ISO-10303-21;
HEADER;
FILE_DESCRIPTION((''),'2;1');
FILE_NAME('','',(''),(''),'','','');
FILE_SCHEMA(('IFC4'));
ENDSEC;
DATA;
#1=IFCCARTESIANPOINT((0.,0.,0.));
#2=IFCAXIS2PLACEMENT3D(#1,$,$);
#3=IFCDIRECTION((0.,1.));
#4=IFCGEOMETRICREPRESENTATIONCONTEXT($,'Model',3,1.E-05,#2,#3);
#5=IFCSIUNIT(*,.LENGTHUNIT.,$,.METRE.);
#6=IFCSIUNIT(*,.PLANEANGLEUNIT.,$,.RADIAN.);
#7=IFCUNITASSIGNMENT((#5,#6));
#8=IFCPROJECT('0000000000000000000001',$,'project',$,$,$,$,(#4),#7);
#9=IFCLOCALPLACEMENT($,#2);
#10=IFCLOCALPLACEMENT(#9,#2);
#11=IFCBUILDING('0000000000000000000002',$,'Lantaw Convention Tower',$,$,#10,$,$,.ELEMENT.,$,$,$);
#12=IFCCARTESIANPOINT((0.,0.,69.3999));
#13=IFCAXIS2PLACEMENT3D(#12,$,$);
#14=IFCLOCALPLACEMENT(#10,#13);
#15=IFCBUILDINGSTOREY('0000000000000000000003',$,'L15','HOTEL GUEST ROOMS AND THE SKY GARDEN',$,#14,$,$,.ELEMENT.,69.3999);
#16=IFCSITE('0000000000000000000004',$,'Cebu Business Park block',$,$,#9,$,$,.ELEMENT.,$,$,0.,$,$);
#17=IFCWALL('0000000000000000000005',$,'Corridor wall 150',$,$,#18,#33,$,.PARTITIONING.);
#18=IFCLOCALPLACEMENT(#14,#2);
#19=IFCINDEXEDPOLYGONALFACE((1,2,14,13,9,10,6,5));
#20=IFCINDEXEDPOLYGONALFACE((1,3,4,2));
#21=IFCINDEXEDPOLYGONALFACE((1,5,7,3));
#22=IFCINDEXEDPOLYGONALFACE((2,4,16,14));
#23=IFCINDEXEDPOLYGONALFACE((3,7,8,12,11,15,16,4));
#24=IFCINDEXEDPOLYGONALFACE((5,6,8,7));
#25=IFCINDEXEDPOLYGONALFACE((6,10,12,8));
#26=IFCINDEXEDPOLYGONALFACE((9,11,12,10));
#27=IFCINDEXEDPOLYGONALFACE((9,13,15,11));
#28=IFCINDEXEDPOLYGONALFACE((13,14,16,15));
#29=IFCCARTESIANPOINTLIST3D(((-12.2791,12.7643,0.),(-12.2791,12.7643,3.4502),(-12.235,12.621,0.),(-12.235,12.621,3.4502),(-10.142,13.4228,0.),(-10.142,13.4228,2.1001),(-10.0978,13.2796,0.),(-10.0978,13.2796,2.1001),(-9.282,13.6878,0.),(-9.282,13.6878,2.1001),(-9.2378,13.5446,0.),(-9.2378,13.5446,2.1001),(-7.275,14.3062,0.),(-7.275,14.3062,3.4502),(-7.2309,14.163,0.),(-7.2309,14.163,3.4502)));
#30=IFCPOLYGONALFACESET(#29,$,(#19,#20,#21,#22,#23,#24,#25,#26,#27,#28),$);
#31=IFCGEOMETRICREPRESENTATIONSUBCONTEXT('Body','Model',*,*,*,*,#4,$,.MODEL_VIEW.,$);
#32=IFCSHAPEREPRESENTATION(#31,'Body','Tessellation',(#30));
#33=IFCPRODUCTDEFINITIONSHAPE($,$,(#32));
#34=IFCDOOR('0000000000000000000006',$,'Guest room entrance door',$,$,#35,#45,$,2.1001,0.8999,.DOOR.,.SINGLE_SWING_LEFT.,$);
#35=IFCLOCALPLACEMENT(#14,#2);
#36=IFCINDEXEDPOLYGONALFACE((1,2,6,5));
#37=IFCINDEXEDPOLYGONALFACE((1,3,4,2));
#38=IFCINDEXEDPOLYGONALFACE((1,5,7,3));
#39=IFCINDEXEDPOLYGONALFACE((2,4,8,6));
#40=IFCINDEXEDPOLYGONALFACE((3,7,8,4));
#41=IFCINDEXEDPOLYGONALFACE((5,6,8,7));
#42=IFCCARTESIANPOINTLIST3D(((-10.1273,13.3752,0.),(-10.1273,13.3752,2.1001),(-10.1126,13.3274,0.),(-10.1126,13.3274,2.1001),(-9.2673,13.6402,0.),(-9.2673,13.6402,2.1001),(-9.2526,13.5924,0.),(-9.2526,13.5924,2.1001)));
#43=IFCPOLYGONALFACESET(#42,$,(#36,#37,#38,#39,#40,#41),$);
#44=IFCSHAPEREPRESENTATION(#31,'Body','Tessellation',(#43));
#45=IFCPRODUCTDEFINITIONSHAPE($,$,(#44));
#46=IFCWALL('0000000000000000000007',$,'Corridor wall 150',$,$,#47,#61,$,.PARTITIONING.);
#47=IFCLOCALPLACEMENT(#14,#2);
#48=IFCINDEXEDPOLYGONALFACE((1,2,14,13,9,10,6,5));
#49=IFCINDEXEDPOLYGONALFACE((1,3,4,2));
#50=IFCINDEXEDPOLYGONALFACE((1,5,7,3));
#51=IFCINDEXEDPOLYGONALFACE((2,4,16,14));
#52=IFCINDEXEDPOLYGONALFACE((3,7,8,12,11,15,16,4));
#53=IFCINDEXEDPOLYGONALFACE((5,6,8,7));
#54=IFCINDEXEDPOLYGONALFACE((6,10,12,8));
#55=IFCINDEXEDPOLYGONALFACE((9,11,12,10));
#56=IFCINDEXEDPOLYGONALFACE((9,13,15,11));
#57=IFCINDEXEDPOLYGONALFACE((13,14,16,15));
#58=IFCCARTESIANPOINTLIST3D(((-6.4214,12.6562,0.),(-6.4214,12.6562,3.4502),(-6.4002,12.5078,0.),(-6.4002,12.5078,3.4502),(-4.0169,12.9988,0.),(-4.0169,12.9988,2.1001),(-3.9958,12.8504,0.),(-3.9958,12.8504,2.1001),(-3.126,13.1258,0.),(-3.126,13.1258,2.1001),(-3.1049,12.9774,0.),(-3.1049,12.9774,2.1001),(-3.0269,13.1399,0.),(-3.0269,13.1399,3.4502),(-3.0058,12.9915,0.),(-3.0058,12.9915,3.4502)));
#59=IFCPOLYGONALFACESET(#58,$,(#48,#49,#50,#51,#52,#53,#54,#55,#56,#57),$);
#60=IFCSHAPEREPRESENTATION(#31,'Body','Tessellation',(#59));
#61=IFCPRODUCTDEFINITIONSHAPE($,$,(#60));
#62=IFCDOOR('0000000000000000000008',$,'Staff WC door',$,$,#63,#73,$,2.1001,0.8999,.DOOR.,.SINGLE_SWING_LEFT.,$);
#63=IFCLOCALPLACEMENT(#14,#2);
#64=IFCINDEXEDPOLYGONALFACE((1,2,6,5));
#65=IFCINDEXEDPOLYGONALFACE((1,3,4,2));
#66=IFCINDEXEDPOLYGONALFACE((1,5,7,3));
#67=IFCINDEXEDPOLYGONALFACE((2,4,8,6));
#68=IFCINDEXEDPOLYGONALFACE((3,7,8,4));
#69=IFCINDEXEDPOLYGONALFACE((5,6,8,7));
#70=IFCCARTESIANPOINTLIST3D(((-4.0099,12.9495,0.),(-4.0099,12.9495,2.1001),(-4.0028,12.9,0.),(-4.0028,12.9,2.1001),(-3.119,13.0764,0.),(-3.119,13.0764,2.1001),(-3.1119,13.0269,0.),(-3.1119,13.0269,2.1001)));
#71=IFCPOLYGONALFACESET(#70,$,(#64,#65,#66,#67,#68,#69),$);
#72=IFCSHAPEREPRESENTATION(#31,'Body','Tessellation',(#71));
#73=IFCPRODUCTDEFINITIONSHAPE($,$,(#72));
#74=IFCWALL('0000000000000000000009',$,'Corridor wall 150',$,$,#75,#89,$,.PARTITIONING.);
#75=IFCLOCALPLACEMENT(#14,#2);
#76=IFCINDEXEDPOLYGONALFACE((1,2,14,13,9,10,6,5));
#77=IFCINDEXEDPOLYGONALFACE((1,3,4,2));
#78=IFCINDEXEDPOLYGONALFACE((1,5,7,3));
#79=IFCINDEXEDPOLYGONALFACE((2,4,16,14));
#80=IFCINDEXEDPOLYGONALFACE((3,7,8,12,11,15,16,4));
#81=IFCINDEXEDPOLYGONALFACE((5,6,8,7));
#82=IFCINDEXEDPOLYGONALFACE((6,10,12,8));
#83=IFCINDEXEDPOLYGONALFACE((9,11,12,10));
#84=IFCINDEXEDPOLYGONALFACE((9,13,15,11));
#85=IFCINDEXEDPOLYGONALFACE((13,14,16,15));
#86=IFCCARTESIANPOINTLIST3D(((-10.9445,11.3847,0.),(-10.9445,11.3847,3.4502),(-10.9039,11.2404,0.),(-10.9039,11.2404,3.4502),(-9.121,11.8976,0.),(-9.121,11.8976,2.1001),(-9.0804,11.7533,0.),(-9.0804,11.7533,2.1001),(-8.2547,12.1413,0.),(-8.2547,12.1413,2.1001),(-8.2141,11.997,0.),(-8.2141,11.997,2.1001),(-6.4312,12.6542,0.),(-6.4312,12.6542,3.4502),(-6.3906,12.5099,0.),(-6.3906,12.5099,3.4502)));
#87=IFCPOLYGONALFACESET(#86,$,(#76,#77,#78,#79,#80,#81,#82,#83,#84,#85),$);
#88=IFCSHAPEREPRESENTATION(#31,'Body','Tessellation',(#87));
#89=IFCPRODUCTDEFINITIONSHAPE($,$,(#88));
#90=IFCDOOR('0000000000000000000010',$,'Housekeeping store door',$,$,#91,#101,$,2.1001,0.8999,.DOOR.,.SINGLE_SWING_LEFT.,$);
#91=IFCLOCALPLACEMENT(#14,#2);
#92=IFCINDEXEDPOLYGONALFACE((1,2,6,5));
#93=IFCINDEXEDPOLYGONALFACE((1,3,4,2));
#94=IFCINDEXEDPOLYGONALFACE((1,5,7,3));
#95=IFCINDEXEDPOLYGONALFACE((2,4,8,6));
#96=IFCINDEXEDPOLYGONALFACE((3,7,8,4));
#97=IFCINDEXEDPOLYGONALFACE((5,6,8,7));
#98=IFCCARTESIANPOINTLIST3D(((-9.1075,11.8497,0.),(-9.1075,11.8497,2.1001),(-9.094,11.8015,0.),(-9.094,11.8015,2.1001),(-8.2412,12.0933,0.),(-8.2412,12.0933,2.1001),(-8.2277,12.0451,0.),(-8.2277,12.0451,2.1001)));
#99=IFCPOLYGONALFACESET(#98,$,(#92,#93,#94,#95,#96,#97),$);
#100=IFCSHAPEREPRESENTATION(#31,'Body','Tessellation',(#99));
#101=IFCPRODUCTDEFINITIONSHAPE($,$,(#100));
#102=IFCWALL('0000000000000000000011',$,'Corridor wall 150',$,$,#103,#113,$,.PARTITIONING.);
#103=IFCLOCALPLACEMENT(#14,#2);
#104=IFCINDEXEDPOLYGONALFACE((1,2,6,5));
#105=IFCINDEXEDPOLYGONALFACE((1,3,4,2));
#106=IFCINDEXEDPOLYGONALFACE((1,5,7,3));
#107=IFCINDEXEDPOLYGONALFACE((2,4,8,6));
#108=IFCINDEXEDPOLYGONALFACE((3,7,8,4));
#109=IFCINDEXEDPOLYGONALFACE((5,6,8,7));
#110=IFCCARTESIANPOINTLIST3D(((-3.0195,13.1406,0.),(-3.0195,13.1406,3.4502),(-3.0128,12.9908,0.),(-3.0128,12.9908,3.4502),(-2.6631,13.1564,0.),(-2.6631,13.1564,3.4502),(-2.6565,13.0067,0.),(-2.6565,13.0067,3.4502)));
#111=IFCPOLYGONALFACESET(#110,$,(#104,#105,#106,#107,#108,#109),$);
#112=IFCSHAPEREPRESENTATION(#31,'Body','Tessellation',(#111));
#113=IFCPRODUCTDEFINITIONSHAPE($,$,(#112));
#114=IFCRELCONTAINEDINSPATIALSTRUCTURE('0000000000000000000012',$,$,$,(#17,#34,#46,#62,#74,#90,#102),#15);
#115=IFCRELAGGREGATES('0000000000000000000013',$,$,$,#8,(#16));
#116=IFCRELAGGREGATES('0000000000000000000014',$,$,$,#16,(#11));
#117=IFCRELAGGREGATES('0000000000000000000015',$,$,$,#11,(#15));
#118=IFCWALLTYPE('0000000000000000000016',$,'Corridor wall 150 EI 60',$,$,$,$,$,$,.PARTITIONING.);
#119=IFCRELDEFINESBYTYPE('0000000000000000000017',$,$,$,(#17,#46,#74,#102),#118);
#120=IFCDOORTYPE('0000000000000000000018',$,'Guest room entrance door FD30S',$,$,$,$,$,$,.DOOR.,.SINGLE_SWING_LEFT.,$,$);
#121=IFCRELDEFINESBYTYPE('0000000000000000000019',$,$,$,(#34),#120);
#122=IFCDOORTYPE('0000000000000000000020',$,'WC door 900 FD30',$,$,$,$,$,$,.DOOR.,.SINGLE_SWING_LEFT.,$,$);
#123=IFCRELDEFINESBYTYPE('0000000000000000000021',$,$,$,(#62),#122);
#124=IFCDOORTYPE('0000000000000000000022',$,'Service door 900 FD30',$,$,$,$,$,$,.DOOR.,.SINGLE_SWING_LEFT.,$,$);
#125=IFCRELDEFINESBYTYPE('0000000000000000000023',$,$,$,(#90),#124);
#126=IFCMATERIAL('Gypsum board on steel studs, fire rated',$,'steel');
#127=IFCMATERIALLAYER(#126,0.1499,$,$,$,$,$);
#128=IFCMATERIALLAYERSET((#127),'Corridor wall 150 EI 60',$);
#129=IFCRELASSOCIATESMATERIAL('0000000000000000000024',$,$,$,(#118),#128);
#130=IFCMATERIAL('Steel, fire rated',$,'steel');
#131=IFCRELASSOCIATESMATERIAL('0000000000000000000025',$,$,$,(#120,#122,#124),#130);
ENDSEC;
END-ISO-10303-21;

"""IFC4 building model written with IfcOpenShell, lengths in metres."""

from ifc_helpers import new_model, si_unit, direction, frame, frame_2d, origin, place, context, subcontext, project, spatial, rectangle, extrude, material, layer, layer_set, type_object, element, fill, save


model = new_model("IFC4")

# Units and contexts
model_context = context("Model", 3, precision=1e-05, world=origin(), true_north=direction((0.0, 1.0)))
body_context = subcontext(model_context, "Body", "Model", "MODEL_VIEW")
ifc_project = project(units=[si_unit("LENGTHUNIT", "METRE"), si_unit("PLANEANGLEUNIT", "RADIAN")], contexts=[model_context])

# Site, building, storey
site_placement = place(None, origin())
site = spatial("IfcSite", under=ifc_project, at=site_placement, Name="Cebu Business Park block", CompositionType="ELEMENT", RefElevation=0.0)
building_placement = place(site_placement, origin())
building = spatial("IfcBuilding", under=site, at=building_placement, Name="Lantaw Convention Tower", CompositionType="ELEMENT")
storey_placement = place(building_placement, frame((0.0, 0.0, 69.3999)))
storey = spatial("IfcBuildingStorey", under=building, at=storey_placement, Name="L15", Description="HOTEL GUEST ROOMS AND THE SKY GARDEN", CompositionType="ELEMENT", Elevation=69.3999)

# Walls, openings, doors
ifc_material_1 = material(Name="Gypsum board on steel studs, fire rated", Category="steel")
ifc_layer_1 = layer(ifc_material_1, 0.1499)
ifc_layer_set_1 = layer_set([ifc_layer_1], Name="Corridor wall 150 EI 60")
wall_type_1 = type_object("IfcWallType", Name="Corridor wall 150 EI 60", PredefinedType="PARTITIONING", material=ifc_layer_set_1)
ifc_material_2 = material(Name="Steel, fire rated", Category="steel")
door_type_1 = type_object("IfcDoorType", Name="Guest room entrance door FD30S", OperationType="SINGLE_SWING_LEFT", PredefinedType="DOOR", material=ifc_material_2)
wall_1_placement = place(storey_placement, frame((-7.2529, 14.2346, 0.0), z_axis=(0.0, 0.0, 1.0), x_axis=(-0.955658, -0.294479, 0.0)))
wall_1 = element("IfcWall", 1, at=wall_1_placement, inside=storey, type_object=wall_type_1, Name="Corridor wall 150", PredefinedType="PARTITIONING", context=body_context, shape_type="SweptSolid", body=[
    extrude(rectangle(XDim=5.2363, YDim=0.1499, at=frame_2d((2.6182, 0.0))), origin(), (0.0, 0.0, 1.0), 3.4502),
])
opening_1_placement = place(wall_1_placement, frame((2.1001, 0.0, 0.0)))
opening_1 = element("IfcOpeningElement", 2, at=opening_1_placement, cuts=wall_1, PredefinedType="OPENING", context=body_context, shape_type="SweptSolid", body=[
    extrude(rectangle(XDim=0.8999, YDim=2.1001, at=frame_2d((0.45, 1.05))), frame((0.0, 0.085, 0.0), z_axis=(0.0, -1.0, 0.0), x_axis=(1.0, 0.0, 0.0)), (0.0, 0.0, 1.0), 0.1699),
])
door_1_placement = place(opening_1_placement, origin())
door_1 = element("IfcDoor", 3, at=door_1_placement, inside=storey, type_object=door_type_1, Name="Guest room entrance door", OperationType="SINGLE_SWING_LEFT", OverallHeight=2.1001, OverallWidth=0.8999, PredefinedType="DOOR", context=body_context, shape_type="SweptSolid", body=[
    extrude(rectangle(XDim=0.8999, YDim=2.1001, at=frame_2d((0.45, 1.05))), frame((0.0, 0.0249, 0.0), z_axis=(0.0, -1.0, 0.0), x_axis=(1.0, 0.0, 0.0)), (0.0, 0.0, 1.0), 0.05),
])
fill(opening_1, door_1)
wall_2_placement = place(storey_placement, frame((-3.0164, 13.0657, 0.0), z_axis=(0.0, 0.0, 1.0), x_axis=(-0.990002, -0.141053, 0.0)))
wall_2 = element("IfcWall", 4, at=wall_2_placement, inside=storey, type_object=wall_type_1, Name="Corridor wall 150", PredefinedType="PARTITIONING", context=body_context, shape_type="SweptSolid", body=[
    extrude(rectangle(XDim=3.4287, YDim=0.1499, at=frame_2d((1.7144, 0.0))), origin(), (0.0, 0.0, 1.0), 3.4502),
])
opening_2_placement = place(wall_2_placement, frame((0.1001, 0.0, 0.0)))
opening_2 = element("IfcOpeningElement", 5, at=opening_2_placement, cuts=wall_2, PredefinedType="OPENING", context=body_context, shape_type="SweptSolid", body=[
    extrude(rectangle(XDim=0.8999, YDim=2.1001, at=frame_2d((0.45, 1.05))), frame((0.0, 0.085, 0.0), z_axis=(0.0, -1.0, 0.0), x_axis=(1.0, 0.0, 0.0)), (0.0, 0.0, 1.0), 0.1699),
])
door_type_2 = type_object("IfcDoorType", Name="WC door 900 FD30", OperationType="SINGLE_SWING_LEFT", PredefinedType="DOOR", material=ifc_material_2)
door_2_placement = place(opening_2_placement, origin())
door_2 = element("IfcDoor", 6, at=door_2_placement, inside=storey, type_object=door_type_2, Name="Staff WC door", OperationType="SINGLE_SWING_LEFT", OverallHeight=2.1001, OverallWidth=0.8999, PredefinedType="DOOR", context=body_context, shape_type="SweptSolid", body=[
    extrude(rectangle(XDim=0.8999, YDim=2.1001, at=frame_2d((0.45, 1.05))), frame((0.0, 0.0249, 0.0), z_axis=(0.0, -1.0, 0.0), x_axis=(1.0, 0.0, 0.0)), (0.0, 0.0, 1.0), 0.05),
])
fill(opening_2, door_2)
wall_3_placement = place(storey_placement, frame((-6.4109, 12.582, 0.0), z_axis=(0.0, 0.0, 1.0), x_axis=(-0.962644, -0.270771, 0.0)))
wall_3 = element("IfcWall", 7, at=wall_3_placement, inside=storey, type_object=wall_type_1, Name="Corridor wall 150", PredefinedType="PARTITIONING", context=body_context, shape_type="SweptSolid", body=[
    extrude(rectangle(XDim=4.6885, YDim=0.1499, at=frame_2d((2.3442, 0.0))), origin(), (0.0, 0.0, 1.0), 3.4502),
])
opening_3_placement = place(wall_3_placement, frame((1.8943, 0.0, 0.0)))
opening_3 = element("IfcOpeningElement", 8, at=opening_3_placement, cuts=wall_3, PredefinedType="OPENING", context=body_context, shape_type="SweptSolid", body=[
    extrude(rectangle(XDim=0.8999, YDim=2.1001, at=frame_2d((0.45, 1.05))), frame((0.0, 0.085, 0.0), z_axis=(0.0, -1.0, 0.0), x_axis=(1.0, 0.0, 0.0)), (0.0, 0.0, 1.0), 0.1699),
])
door_type_3 = type_object("IfcDoorType", Name="Service door 900 FD30", OperationType="SINGLE_SWING_LEFT", PredefinedType="DOOR", material=ifc_material_2)
door_3_placement = place(opening_3_placement, origin())
door_3 = element("IfcDoor", 9, at=door_3_placement, inside=storey, type_object=door_type_3, Name="Housekeeping store door", OperationType="SINGLE_SWING_LEFT", OverallHeight=2.1001, OverallWidth=0.8999, PredefinedType="DOOR", context=body_context, shape_type="SweptSolid", body=[
    extrude(rectangle(XDim=0.8999, YDim=2.1001, at=frame_2d((0.45, 1.05))), frame((0.0, 0.0249, 0.0), z_axis=(0.0, -1.0, 0.0), x_axis=(1.0, 0.0, 0.0)), (0.0, 0.0, 1.0), 0.05),
])
fill(opening_3, door_3)

# Wall
wall_4_placement = place(storey_placement, frame((-2.6599, 13.0815, 0.0), z_axis=(0.0, 0.0, 1.0), x_axis=(-0.99901, -0.044476, 0.0)))
element("IfcWall", 10, at=wall_4_placement, inside=storey, type_object=wall_type_1, Name="Corridor wall 150", PredefinedType="PARTITIONING", context=body_context, shape_type="SweptSolid", body=[
    extrude(rectangle(XDim=0.3567, YDim=0.1499, at=frame_2d((0.1782, 0.0))), origin(), (0.0, 0.0, 1.0), 3.4502),
])

save(model, "model.ifc")
